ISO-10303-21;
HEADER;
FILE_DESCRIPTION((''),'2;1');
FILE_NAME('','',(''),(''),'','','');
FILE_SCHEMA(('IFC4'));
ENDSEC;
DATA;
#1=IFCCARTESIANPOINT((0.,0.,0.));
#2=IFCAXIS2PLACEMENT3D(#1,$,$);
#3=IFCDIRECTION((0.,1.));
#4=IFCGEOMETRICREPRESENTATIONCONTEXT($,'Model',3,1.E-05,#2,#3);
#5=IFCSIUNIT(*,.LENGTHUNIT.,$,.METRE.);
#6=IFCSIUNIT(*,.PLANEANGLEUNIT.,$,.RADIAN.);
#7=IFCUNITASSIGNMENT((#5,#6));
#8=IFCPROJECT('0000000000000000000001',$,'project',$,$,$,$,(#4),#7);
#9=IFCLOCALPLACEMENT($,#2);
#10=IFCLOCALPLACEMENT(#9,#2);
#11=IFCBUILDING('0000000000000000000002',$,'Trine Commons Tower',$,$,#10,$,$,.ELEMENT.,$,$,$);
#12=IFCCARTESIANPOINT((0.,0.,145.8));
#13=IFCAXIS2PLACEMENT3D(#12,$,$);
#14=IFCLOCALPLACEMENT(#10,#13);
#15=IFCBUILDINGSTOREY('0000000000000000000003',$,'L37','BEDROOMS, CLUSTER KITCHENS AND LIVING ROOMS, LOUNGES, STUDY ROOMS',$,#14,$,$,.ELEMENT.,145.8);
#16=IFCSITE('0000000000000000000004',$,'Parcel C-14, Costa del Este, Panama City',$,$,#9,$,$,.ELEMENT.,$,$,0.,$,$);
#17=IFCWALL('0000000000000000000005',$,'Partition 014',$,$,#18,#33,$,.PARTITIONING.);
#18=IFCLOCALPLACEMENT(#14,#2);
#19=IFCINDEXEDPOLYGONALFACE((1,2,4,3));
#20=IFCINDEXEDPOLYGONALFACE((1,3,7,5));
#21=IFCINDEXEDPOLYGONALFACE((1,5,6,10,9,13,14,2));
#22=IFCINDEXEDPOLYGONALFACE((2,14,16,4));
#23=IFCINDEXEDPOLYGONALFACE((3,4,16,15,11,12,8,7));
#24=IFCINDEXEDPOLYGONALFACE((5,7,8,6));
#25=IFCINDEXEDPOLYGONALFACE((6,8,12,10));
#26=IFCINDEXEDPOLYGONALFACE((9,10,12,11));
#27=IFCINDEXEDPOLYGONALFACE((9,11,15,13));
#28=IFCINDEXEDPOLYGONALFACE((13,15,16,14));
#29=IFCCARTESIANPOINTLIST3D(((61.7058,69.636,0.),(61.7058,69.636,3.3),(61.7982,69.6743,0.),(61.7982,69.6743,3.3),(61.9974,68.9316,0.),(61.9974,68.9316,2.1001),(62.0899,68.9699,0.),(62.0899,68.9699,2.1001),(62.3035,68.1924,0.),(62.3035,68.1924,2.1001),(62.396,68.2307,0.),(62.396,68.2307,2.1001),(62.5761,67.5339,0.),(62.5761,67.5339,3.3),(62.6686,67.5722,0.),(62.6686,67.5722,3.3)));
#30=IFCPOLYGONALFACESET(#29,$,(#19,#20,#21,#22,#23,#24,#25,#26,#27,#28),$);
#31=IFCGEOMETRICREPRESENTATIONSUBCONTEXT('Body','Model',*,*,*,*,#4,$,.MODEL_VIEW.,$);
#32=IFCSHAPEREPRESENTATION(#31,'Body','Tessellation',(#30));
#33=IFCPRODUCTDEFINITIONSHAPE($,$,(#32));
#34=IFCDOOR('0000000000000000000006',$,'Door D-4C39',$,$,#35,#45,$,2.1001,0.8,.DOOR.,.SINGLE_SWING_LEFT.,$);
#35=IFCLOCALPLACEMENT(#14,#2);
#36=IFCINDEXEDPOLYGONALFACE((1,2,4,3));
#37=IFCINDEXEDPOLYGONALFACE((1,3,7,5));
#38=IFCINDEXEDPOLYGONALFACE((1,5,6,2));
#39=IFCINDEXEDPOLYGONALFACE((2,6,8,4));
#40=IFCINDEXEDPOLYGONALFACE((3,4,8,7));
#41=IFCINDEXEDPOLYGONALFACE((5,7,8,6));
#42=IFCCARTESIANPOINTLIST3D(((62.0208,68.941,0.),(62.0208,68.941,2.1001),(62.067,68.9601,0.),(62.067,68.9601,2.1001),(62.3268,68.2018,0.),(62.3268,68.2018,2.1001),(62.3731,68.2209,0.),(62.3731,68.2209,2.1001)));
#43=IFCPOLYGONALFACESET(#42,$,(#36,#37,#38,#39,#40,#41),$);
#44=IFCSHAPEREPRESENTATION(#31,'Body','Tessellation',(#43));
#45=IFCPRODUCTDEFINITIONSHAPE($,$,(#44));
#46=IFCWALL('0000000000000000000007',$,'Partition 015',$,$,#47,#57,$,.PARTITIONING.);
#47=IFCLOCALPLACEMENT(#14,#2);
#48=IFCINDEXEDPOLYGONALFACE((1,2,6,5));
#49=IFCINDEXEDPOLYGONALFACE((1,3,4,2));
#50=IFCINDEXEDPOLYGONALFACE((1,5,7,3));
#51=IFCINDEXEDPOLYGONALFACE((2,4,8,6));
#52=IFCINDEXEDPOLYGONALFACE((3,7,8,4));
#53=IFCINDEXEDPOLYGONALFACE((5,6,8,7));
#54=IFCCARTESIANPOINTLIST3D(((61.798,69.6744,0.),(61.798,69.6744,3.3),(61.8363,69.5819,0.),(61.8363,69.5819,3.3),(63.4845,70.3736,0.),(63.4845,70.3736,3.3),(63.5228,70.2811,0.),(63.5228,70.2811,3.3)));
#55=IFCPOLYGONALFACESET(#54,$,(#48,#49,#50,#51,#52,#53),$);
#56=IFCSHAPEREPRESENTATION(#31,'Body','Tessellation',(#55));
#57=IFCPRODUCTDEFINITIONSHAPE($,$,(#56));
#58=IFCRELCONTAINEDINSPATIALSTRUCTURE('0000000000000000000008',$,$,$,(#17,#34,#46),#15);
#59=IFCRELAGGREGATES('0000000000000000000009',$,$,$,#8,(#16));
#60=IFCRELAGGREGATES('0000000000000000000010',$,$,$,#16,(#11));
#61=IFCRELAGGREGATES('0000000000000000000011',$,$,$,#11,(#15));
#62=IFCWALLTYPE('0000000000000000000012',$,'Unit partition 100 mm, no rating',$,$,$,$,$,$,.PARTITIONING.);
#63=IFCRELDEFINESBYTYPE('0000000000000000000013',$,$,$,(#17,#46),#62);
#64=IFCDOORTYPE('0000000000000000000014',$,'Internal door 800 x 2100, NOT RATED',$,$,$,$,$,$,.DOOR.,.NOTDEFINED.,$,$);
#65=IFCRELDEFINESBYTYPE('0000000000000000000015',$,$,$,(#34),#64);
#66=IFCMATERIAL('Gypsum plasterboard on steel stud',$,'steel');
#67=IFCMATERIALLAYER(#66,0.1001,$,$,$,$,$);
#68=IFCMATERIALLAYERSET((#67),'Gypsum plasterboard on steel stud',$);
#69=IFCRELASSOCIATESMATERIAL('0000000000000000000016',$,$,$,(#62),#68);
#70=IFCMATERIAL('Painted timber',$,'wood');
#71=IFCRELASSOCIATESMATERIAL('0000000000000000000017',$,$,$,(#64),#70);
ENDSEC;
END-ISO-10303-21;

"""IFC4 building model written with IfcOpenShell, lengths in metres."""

from ifc_helpers import new_model, si_unit, direction, frame, frame_2d, origin, place, context, subcontext, project, spatial, rectangle, extrude, material, layer, layer_set, type_object, element, fill, save


model = new_model("IFC4")

# Units and contexts
model_context = context("Model", 3, precision=1e-05, world=origin(), true_north=direction((0.0, 1.0)))
body_context = subcontext(model_context, "Body", "Model", "MODEL_VIEW")
ifc_project = project(units=[si_unit("LENGTHUNIT", "METRE"), si_unit("PLANEANGLEUNIT", "RADIAN")], contexts=[model_context])

# Site, building, storey
site_placement = place(None, origin())
site = spatial("IfcSite", under=ifc_project, at=site_placement, Name="Parcel C-14, Costa del Este, Panama City", CompositionType="ELEMENT", RefElevation=0.0)
building_placement = place(site_placement, origin())
building = spatial("IfcBuilding", under=site, at=building_placement, Name="Trine Commons Tower", CompositionType="ELEMENT")
storey_placement = place(building_placement, frame((0.0, 0.0, 145.8)))
storey = spatial("IfcBuildingStorey", under=building, at=storey_placement, Name="L37", Description="BEDROOMS, CLUSTER KITCHENS AND LIVING ROOMS, LOUNGES, STUDY ROOMS", CompositionType="ELEMENT", Elevation=145.8)

# Shared definitions
ifc_material_1 = material(Name="Gypsum plasterboard on steel stud", Category="steel")

# Wall, opening, door
ifc_layer_1 = layer(ifc_material_1, 0.1001)
ifc_layer_set_1 = layer_set([ifc_layer_1], Name="Gypsum plasterboard on steel stud")
wall_type_1 = type_object("IfcWallType", Name="Unit partition 100 mm, no rating", PredefinedType="PARTITIONING", material=ifc_layer_set_1)
ifc_material_2 = material(Name="Painted timber", Category="wood")
door_type_1 = type_object("IfcDoorType", Name="Internal door 800 x 2100, NOT RATED", OperationType="NOTDEFINED", PredefinedType="DOOR", material=ifc_material_2)
wall_1_placement = place(storey_placement, frame((61.752, 69.6553, 0.0), z_axis=(0.0, 0.0, 1.0), x_axis=(0.382557, -0.923932, 0.0)))
wall_1 = element("IfcWall", 1, at=wall_1_placement, inside=storey, type_object=wall_type_1, Name="Partition 014", PredefinedType="PARTITIONING", context=body_context, shape_type="SweptSolid", body=[
    extrude(rectangle(XDim=2.2751, YDim=0.1001, at=frame_2d((1.1377, 0.0))), origin(), (0.0, 0.0, 1.0), 3.3),
])
opening_1_placement = place(wall_1_placement, frame((0.7627, 0.0, 0.0)))
opening_1 = element("IfcOpeningElement", 2, at=opening_1_placement, cuts=wall_1, PredefinedType="OPENING", context=body_context, shape_type="SweptSolid", body=[
    extrude(rectangle(XDim=0.8, YDim=2.1001, at=frame_2d((0.3999, 1.05))), frame((0.0, 0.0601, 0.0), z_axis=(0.0, -1.0, 0.0), x_axis=(1.0, 0.0, 0.0)), (0.0, 0.0, 1.0), 0.1201),
])
door_1_placement = place(opening_1_placement, frame((0.8, 0.0, 0.0), z_axis=(0.0, 0.0, 1.0), x_axis=(-1.0, 0.0, 0.0)))
door_1 = element("IfcDoor", 3, at=door_1_placement, inside=storey, type_object=door_type_1, Name="Door D-4C39", OperationType="SINGLE_SWING_LEFT", OverallHeight=2.1001, OverallWidth=0.8, PredefinedType="DOOR", context=body_context, shape_type="SweptSolid", body=[
    extrude(rectangle(XDim=0.8, YDim=2.1001, at=frame_2d((0.3999, 1.05))), frame((0.0, 0.0249, 0.0), z_axis=(0.0, -1.0, 0.0), x_axis=(1.0, 0.0, 0.0)), (0.0, 0.0, 1.0), 0.05),
])
fill(opening_1, door_1)

# Wall
wall_2_placement = place(storey_placement, frame((61.8171, 69.6282, 0.0), z_axis=(0.0, 0.0, 1.0), x_axis=(0.923756, 0.382982, 0.0)))
element("IfcWall", 4, at=wall_2_placement, inside=storey, type_object=wall_type_1, Name="Partition 015", PredefinedType="PARTITIONING", context=body_context, shape_type="SweptSolid", body=[
    extrude(rectangle(XDim=1.8257, YDim=0.1001, at=frame_2d((0.9128, 0.0))), origin(), (0.0, 0.0, 1.0), 3.3),
])

save(model, "model.ifc")
